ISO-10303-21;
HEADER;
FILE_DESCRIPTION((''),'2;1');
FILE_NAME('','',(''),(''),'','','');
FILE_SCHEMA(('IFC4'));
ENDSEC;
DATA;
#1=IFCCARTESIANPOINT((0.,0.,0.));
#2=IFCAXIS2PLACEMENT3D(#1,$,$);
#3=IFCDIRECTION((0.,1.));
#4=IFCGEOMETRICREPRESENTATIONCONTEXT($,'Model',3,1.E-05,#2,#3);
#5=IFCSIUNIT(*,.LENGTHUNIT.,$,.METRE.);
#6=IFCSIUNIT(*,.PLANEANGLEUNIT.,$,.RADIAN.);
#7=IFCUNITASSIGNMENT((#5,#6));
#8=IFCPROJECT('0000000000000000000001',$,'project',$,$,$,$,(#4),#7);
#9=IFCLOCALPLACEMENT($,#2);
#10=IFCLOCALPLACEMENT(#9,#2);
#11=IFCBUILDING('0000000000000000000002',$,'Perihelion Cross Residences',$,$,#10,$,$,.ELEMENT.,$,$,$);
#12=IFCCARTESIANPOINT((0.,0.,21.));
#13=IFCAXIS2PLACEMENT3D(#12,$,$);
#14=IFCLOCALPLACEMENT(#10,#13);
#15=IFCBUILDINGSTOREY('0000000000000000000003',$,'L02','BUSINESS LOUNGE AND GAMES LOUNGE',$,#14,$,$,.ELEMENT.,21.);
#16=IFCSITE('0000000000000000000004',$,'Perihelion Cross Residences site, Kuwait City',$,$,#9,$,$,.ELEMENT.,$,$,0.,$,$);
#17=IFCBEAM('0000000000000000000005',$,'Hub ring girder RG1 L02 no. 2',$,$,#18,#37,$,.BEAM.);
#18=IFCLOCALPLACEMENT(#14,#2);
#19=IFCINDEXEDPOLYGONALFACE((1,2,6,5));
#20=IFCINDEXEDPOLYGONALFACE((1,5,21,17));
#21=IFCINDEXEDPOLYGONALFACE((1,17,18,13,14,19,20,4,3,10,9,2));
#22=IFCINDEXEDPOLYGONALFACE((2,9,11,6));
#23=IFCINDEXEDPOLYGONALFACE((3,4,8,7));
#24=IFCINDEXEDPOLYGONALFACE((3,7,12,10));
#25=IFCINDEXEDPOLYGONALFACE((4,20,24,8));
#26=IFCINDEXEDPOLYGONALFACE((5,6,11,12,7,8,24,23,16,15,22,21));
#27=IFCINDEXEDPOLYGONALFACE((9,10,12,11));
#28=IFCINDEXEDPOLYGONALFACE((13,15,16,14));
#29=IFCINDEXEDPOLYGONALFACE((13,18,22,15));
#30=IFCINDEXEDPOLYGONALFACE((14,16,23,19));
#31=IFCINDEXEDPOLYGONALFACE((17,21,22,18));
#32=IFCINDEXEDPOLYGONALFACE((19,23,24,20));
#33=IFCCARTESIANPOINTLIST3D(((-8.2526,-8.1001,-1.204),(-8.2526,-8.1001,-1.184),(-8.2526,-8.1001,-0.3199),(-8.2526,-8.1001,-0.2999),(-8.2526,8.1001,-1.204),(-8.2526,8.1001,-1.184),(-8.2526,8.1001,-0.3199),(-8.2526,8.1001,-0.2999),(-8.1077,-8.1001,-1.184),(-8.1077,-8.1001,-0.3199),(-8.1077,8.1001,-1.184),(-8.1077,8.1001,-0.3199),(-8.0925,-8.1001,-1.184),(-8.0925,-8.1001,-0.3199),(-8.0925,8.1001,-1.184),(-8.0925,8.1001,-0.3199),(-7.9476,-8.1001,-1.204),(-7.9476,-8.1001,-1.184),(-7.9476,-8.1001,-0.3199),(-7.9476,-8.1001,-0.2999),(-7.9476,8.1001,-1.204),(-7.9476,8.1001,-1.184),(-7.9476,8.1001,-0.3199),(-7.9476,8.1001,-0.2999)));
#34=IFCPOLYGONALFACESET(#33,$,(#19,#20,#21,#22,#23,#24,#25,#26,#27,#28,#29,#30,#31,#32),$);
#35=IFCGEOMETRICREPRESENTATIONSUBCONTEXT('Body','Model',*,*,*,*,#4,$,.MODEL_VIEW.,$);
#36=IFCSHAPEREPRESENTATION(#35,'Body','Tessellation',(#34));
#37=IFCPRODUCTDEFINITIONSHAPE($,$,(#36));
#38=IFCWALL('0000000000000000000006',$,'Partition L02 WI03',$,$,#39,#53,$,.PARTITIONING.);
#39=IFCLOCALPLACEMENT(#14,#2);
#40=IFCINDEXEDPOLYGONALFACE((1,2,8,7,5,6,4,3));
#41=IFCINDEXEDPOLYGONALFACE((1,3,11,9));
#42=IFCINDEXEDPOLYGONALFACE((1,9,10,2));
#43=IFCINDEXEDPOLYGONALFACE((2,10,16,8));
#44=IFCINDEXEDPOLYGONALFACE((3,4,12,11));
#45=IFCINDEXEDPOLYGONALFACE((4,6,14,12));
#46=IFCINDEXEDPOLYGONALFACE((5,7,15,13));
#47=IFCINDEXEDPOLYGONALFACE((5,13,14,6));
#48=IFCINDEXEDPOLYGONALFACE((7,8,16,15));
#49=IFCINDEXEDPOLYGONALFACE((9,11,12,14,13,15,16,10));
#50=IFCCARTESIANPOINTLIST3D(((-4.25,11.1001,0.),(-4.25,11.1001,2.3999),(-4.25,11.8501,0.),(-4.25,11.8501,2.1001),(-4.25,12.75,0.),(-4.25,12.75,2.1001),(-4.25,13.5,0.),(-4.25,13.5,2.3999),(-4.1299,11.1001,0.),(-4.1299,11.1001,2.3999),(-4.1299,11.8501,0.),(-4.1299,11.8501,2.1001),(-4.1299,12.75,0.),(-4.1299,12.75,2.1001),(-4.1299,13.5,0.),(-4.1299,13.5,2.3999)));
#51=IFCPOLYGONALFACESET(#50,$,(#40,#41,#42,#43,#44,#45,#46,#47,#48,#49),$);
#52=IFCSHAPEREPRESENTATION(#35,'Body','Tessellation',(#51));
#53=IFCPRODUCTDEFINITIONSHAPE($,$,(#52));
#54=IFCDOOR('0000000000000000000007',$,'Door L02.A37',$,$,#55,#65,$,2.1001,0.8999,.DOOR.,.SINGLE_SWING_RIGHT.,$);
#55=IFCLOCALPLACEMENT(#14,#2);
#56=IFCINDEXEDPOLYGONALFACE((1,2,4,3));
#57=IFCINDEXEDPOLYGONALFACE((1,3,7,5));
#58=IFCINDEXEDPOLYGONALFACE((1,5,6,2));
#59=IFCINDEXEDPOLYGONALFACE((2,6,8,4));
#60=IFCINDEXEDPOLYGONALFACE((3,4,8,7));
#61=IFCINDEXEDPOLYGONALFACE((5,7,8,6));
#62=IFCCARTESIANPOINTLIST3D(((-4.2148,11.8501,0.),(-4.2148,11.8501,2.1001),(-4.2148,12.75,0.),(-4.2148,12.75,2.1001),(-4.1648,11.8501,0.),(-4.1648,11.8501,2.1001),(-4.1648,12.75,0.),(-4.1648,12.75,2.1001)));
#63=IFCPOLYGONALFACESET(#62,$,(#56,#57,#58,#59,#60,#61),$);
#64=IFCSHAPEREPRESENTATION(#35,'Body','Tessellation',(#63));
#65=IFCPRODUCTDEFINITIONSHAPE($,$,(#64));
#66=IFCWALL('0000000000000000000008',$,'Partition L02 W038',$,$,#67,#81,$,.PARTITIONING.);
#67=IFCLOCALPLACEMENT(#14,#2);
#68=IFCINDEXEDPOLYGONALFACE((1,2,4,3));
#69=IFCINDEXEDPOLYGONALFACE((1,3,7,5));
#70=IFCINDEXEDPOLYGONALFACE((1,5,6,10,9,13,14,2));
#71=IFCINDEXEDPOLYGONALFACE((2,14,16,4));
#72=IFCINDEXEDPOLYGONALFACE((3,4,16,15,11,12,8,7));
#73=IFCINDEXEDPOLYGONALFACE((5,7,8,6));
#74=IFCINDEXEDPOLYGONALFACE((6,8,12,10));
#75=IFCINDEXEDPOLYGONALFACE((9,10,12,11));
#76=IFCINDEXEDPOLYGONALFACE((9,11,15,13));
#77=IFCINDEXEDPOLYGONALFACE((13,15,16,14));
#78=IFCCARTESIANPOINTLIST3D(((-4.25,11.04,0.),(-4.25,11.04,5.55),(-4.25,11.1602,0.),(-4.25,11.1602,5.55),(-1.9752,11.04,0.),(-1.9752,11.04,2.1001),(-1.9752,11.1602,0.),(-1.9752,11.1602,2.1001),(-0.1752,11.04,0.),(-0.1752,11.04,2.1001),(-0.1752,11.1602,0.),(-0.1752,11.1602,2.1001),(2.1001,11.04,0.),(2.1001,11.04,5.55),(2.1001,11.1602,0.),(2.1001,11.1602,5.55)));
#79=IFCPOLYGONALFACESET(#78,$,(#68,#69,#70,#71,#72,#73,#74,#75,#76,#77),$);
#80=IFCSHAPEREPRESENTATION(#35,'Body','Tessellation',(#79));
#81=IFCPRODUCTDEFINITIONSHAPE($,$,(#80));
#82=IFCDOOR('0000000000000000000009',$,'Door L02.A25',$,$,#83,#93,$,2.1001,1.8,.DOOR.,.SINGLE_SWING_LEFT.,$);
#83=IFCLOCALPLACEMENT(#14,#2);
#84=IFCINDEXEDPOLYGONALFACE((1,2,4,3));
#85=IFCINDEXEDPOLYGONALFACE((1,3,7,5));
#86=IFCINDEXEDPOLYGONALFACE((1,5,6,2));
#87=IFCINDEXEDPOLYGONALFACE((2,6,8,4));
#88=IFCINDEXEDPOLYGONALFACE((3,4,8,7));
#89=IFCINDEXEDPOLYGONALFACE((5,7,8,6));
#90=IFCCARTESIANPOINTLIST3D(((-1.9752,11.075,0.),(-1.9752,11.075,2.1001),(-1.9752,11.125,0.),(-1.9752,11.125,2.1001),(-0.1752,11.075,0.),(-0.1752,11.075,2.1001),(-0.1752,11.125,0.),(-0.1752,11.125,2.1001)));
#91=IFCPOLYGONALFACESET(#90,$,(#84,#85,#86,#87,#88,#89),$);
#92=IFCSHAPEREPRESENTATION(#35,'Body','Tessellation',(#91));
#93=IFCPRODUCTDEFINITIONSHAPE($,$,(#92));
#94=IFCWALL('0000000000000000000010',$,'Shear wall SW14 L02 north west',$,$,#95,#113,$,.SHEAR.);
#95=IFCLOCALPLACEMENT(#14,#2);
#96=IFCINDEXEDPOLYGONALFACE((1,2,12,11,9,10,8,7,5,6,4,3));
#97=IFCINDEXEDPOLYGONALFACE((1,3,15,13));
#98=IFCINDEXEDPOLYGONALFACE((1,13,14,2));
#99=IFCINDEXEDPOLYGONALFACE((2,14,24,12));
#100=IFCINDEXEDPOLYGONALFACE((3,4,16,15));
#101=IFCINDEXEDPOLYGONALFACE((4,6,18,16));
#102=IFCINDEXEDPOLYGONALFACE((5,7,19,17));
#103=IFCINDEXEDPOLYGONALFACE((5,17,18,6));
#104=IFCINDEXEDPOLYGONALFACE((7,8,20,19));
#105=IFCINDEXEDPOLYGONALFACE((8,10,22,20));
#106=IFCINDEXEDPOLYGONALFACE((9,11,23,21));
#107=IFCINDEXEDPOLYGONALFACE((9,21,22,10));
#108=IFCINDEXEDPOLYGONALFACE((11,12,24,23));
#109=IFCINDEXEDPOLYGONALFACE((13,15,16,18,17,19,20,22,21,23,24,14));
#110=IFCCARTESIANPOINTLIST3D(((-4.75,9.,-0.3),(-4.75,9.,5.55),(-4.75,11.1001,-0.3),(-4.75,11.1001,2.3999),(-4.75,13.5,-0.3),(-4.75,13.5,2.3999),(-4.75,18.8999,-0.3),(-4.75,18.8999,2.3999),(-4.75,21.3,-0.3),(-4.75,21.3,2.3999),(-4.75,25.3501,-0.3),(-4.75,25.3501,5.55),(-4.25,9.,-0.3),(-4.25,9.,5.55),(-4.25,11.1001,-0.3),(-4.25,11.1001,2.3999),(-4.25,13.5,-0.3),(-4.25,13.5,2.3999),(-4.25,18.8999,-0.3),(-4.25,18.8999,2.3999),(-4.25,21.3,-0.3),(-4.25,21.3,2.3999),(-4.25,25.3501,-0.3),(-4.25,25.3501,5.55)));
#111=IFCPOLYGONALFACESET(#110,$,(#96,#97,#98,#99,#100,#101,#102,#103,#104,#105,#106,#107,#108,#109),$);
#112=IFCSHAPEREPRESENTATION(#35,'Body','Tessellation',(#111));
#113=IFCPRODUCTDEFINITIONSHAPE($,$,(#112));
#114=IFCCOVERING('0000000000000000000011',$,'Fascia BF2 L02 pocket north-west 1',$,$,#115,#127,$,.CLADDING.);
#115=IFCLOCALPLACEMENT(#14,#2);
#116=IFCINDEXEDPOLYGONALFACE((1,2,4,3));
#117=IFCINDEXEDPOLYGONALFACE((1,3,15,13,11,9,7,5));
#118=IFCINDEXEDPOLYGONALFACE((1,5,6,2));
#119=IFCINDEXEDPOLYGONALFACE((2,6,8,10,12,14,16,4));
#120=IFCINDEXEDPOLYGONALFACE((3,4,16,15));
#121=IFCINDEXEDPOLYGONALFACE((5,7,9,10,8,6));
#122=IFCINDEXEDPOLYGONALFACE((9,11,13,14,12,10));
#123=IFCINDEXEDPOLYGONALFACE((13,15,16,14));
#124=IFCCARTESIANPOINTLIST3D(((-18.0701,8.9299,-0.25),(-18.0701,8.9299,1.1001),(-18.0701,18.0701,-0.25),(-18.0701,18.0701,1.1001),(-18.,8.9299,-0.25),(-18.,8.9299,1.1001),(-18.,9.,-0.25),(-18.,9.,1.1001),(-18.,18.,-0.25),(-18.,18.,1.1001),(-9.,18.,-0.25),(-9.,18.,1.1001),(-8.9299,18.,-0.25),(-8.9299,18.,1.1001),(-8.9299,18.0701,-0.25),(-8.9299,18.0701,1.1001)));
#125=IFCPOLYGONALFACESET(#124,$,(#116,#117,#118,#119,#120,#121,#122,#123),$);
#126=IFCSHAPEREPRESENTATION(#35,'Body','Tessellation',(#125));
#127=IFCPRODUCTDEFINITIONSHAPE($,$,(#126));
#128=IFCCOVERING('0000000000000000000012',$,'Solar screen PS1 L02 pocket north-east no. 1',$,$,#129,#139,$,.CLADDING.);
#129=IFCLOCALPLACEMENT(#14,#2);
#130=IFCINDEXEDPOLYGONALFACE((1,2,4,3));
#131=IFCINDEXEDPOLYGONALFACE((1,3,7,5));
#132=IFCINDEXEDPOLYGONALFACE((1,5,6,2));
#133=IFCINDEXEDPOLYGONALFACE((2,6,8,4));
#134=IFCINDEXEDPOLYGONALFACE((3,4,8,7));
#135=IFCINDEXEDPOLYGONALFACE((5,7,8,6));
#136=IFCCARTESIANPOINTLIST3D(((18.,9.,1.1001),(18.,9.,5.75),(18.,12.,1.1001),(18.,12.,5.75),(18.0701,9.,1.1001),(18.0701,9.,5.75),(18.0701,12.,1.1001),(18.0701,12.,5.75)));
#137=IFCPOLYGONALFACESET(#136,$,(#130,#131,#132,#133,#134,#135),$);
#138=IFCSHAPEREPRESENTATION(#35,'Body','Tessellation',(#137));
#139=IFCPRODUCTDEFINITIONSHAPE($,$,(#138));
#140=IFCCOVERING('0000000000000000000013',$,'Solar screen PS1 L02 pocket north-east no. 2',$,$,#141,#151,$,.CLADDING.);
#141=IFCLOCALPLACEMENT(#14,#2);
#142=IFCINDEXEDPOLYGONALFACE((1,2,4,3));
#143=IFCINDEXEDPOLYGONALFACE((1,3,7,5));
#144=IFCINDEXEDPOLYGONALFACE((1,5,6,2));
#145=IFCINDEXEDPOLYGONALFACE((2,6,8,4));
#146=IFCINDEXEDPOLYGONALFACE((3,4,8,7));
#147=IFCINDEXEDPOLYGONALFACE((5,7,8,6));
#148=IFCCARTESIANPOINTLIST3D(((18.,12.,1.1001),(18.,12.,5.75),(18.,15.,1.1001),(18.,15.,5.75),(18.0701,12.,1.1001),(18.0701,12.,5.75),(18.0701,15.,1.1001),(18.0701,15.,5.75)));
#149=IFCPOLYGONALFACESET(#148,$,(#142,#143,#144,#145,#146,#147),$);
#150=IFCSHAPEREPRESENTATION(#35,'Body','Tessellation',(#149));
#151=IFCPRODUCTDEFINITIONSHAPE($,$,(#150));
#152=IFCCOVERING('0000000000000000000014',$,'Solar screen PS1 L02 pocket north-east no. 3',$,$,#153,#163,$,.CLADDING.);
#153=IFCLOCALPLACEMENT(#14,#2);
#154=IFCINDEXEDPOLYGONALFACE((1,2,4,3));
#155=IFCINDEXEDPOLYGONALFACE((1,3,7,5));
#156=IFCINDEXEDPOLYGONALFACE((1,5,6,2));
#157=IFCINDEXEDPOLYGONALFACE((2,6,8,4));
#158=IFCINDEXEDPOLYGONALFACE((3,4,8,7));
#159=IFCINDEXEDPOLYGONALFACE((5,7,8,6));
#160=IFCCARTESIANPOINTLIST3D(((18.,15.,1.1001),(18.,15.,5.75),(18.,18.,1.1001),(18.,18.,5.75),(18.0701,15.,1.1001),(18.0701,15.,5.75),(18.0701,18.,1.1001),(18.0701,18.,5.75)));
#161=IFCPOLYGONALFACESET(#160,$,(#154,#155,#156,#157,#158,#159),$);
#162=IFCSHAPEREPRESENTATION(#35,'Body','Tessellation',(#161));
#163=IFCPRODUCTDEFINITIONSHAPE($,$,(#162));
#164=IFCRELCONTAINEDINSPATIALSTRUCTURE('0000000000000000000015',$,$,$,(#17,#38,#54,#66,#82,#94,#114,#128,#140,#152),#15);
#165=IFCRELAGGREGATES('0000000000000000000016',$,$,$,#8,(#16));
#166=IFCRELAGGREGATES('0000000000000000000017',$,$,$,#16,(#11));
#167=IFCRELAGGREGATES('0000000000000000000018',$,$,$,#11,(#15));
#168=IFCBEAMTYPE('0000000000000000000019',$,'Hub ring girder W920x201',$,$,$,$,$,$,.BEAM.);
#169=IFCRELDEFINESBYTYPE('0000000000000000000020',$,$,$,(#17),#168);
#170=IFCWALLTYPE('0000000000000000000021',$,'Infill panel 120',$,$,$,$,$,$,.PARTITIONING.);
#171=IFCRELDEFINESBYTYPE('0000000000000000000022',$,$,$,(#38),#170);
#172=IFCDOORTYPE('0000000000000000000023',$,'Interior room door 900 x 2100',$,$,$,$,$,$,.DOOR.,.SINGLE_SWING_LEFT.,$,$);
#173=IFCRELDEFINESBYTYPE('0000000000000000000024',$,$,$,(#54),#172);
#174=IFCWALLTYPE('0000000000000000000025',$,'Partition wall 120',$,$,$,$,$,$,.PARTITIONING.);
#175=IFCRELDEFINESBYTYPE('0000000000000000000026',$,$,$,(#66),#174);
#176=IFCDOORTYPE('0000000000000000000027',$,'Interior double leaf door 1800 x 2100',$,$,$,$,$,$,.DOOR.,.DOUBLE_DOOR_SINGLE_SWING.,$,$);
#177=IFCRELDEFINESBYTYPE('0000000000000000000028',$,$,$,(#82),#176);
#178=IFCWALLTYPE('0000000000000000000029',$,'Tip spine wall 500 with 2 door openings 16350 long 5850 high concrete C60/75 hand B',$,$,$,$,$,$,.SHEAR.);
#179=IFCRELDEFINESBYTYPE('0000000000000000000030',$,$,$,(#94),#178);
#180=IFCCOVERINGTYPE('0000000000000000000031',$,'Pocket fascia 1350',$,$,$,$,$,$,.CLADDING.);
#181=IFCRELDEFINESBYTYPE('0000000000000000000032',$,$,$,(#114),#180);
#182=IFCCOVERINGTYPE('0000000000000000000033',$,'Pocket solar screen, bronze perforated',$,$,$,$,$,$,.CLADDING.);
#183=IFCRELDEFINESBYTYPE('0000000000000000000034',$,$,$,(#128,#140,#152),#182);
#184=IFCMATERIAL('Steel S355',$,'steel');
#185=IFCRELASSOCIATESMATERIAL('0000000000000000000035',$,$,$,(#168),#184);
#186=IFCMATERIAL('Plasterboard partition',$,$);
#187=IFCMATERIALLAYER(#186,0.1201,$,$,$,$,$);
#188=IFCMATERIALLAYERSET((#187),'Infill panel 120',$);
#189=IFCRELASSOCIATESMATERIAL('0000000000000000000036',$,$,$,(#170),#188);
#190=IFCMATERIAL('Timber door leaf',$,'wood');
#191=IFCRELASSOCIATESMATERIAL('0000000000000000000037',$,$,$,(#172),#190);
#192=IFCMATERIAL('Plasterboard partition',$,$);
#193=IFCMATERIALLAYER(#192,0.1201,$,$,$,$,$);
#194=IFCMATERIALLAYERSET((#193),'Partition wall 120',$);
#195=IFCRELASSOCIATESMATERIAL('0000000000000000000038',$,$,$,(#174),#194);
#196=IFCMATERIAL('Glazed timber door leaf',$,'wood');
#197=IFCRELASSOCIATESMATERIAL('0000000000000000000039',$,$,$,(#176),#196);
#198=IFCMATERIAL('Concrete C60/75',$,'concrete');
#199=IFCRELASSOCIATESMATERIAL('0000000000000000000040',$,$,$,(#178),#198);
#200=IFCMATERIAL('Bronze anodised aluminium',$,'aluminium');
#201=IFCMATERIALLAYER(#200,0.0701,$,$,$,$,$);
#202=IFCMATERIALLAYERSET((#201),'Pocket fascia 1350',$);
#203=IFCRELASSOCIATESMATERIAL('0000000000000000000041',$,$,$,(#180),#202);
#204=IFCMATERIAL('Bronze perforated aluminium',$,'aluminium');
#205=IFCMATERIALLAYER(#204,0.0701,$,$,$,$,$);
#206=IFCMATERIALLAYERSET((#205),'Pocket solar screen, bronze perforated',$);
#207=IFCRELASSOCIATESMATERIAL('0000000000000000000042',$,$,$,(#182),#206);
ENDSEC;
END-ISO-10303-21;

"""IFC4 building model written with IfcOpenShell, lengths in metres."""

from ifc_helpers import new_model, si_unit, direction, frame, frame_2d, origin, origin_2d, place, context, subcontext, project, spatial, polyline, rectangle, i_section, outline, extrude, material, layer, layer_set, material_profile, profile_set, type_object, element, fill, save


model = new_model("IFC4")

# Units and contexts
model_context = context("Model", 3, precision=1e-05, world=origin(), true_north=direction((0.0, 1.0)))
body_context = subcontext(model_context, "Body", "Model", "MODEL_VIEW")
ifc_project = project(units=[si_unit("LENGTHUNIT", "METRE"), si_unit("PLANEANGLEUNIT", "RADIAN")], contexts=[model_context])

# Site, building, storey
site_placement = place(None, origin())
site = spatial("IfcSite", under=ifc_project, at=site_placement, Name="Perihelion Cross Residences site, Kuwait City", CompositionType="ELEMENT", RefElevation=0.0)
building_placement = place(site_placement, origin())
building = spatial("IfcBuilding", under=site, at=building_placement, Name="Perihelion Cross Residences", CompositionType="ELEMENT")
storey_placement = place(building_placement, frame((0.0, 0.0, 21.0)))
storey = spatial("IfcBuildingStorey", under=building, at=storey_placement, Name="L02", Description="BUSINESS LOUNGE AND GAMES LOUNGE", CompositionType="ELEMENT", Elevation=21.0)

# Beam
ifc_material_1 = material(Name="Steel S355", Category="steel")
ifc_material_profile_1 = material_profile(ifc_material_1, i_section(OverallWidth=0.3049, OverallDepth=0.9041, WebThickness=0.0151, FlangeThickness=0.02, at=origin_2d()), Name="W920x201")
ifc_profile_set_1 = profile_set([ifc_material_profile_1], Name="Steel S355")
beam_type_1 = type_object("IfcBeamType", Name="Hub ring girder W920x201", PredefinedType="BEAM", material=ifc_profile_set_1)
beam_1_placement = place(storey_placement, frame((-8.1001, 8.1001, -0.752), z_axis=(0.0, -1.0, 0.0), x_axis=(1.0, 0.0, 0.0)))
element("IfcBeam", 1, at=beam_1_placement, inside=storey, type_object=beam_type_1, Name="Hub ring girder RG1 L02 no. 2", PredefinedType="BEAM", context=body_context, shape_type="SweptSolid", body=[
    extrude(i_section(OverallWidth=0.3049, OverallDepth=0.9041, WebThickness=0.0151, FlangeThickness=0.02, at=origin_2d()), origin(), (0.0, 0.0, 1.0), 16.2002),
])

# Walls, openings, doors
ifc_material_2 = material(Name="Plasterboard partition")
ifc_layer_1 = layer(ifc_material_2, 0.1201)
ifc_layer_set_1 = layer_set([ifc_layer_1], Name="Infill panel 120")
wall_type_1 = type_object("IfcWallType", Name="Infill panel 120", PredefinedType="PARTITIONING", material=ifc_layer_set_1)
wall_1_placement = place(storey_placement, frame((-4.1899, 11.1001, 0.0), z_axis=(0.0, 0.0, 1.0), x_axis=(0.0, 1.0, 0.0)))
wall_1 = element("IfcWall", 2, at=wall_1_placement, inside=storey, type_object=wall_type_1, Name="Partition L02 WI03", PredefinedType="PARTITIONING", context=body_context, shape_type="SweptSolid", body=[
    extrude(rectangle(XDim=2.3999, YDim=0.1201, at=frame_2d((1.2, 0.0))), origin(), (0.0, 0.0, 1.0), 2.3999),
])
opening_1_placement = place(wall_1_placement, frame((0.75, 0.0, 0.0)))
opening_1 = element("IfcOpeningElement", 3, at=opening_1_placement, cuts=wall_1, PredefinedType="OPENING", context=body_context, shape_type="SweptSolid", body=[
    extrude(rectangle(XDim=0.8999, YDim=2.1001, at=frame_2d((0.45, 1.05))), frame((0.0, 0.0701, 0.0), z_axis=(0.0, -1.0, 0.0), x_axis=(1.0, 0.0, 0.0)), (0.0, 0.0, 1.0), 0.1401),
])
ifc_material_3 = material(Name="Timber door leaf", Category="wood")
door_type_1 = type_object("IfcDoorType", Name="Interior room door 900 x 2100", OperationType="SINGLE_SWING_LEFT", PredefinedType="DOOR", material=ifc_material_3)
door_1_placement = place(opening_1_placement, origin())
door_1 = element("IfcDoor", 4, at=door_1_placement, inside=storey, type_object=door_type_1, Name="Door L02.A37", OperationType="SINGLE_SWING_RIGHT", OverallHeight=2.1001, OverallWidth=0.8999, PredefinedType="DOOR", context=body_context, shape_type="SweptSolid", body=[
    extrude(rectangle(XDim=0.8999, YDim=2.1001, at=frame_2d((0.45, 1.05))), frame((0.0, 0.0249, 0.0), z_axis=(0.0, -1.0, 0.0), x_axis=(1.0, 0.0, 0.0)), (0.0, 0.0, 1.0), 0.05),
])
fill(opening_1, door_1)
ifc_material_4 = material(Name="Plasterboard partition")
ifc_layer_2 = layer(ifc_material_4, 0.1201)
ifc_layer_set_2 = layer_set([ifc_layer_2], Name="Partition wall 120")
wall_type_2 = type_object("IfcWallType", Name="Partition wall 120", PredefinedType="PARTITIONING", material=ifc_layer_set_2)
wall_2_placement = place(storey_placement, frame((-4.25, 11.1001, 0.0), z_axis=(0.0, 0.0, 1.0), x_axis=(1.0, 0.0, 0.0)))
wall_2 = element("IfcWall", 5, at=wall_2_placement, inside=storey, type_object=wall_type_2, Name="Partition L02 W038", PredefinedType="PARTITIONING", context=body_context, shape_type="SweptSolid", body=[
    extrude(rectangle(XDim=6.3501, YDim=0.1201, at=frame_2d((3.175, 0.0))), origin(), (0.0, 0.0, 1.0), 5.55),
])
opening_2_placement = place(wall_2_placement, frame((2.2749, 0.0, 0.0)))
opening_2 = element("IfcOpeningElement", 6, at=opening_2_placement, cuts=wall_2, PredefinedType="OPENING", context=body_context, shape_type="SweptSolid", body=[
    extrude(rectangle(XDim=1.8, YDim=2.1001, at=frame_2d((0.8999, 1.05))), frame((0.0, 0.0701, 0.0), z_axis=(0.0, -1.0, 0.0), x_axis=(1.0, 0.0, 0.0)), (0.0, 0.0, 1.0), 0.1401),
])
ifc_material_5 = material(Name="Glazed timber door leaf", Category="wood")
door_type_2 = type_object("IfcDoorType", Name="Interior double leaf door 1800 x 2100", OperationType="DOUBLE_DOOR_SINGLE_SWING", PredefinedType="DOOR", material=ifc_material_5)
door_2_placement = place(opening_2_placement, origin())
door_2 = element("IfcDoor", 7, at=door_2_placement, inside=storey, type_object=door_type_2, Name="Door L02.A25", OperationType="SINGLE_SWING_LEFT", OverallHeight=2.1001, OverallWidth=1.8, PredefinedType="DOOR", context=body_context, shape_type="SweptSolid", body=[
    extrude(rectangle(XDim=1.8, YDim=2.1001, at=frame_2d((0.8999, 1.05))), frame((0.0, 0.0249, 0.0), z_axis=(0.0, -1.0, 0.0), x_axis=(1.0, 0.0, 0.0)), (0.0, 0.0, 1.0), 0.05),
])
fill(opening_2, door_2)

# Wall
ifc_material_6 = material(Name="Concrete C60/75", Category="concrete")
ifc_material_profile_2 = material_profile(ifc_material_6, outline(polyline([(0.0, 0.0), (2.1001, 0.0), (2.1001, 2.7), (4.5, 2.7), (4.5, 0.0), (9.8999, 0.0), (9.8999, 2.7), (12.3, 2.7), (12.3, 0.0), (16.3501, 0.0), (16.3501, 5.8501), (0.0, 5.8501), (0.0, 0.0)])), Name="Tip spine wall")
ifc_profile_set_2 = profile_set([ifc_material_profile_2], Name="Concrete C60/75")
wall_type_3 = type_object("IfcWallType", Name="Tip spine wall 500 with 2 door openings 16350 long 5850 high concrete C60/75 hand B", PredefinedType="SHEAR", material=ifc_profile_set_2)
wall_3_placement = place(storey_placement, frame((-4.75, 9.0, -0.3), z_axis=(1.0, 0.0, 0.0), x_axis=(0.0, 1.0, 0.0)))
element("IfcWall", 8, at=wall_3_placement, inside=storey, type_object=wall_type_3, Name="Shear wall SW14 L02 north west", PredefinedType="SHEAR", context=body_context, shape_type="SweptSolid", body=[
    extrude(outline(polyline([(0.0, 0.0), (2.1001, 0.0), (2.1001, 2.7), (4.5, 2.7), (4.5, 0.0), (9.8999, 0.0), (9.8999, 2.7), (12.3, 2.7), (12.3, 0.0), (16.3501, 0.0), (16.3501, 5.8501), (0.0, 5.8501), (0.0, 0.0)])), origin(), (0.0, 0.0, 1.0), 0.5),
])

# Coverings
ifc_material_7 = material(Name="Bronze anodised aluminium", Category="aluminium")
ifc_layer_3 = layer(ifc_material_7, 0.0701)
ifc_layer_set_3 = layer_set([ifc_layer_3], Name="Pocket fascia 1350")
covering_type_1 = type_object("IfcCoveringType", Name="Pocket fascia 1350", PredefinedType="CLADDING", material=ifc_layer_set_3)
covering_1_placement = place(storey_placement, frame((0.0, 0.0, -0.25)))
element("IfcCovering", 9, at=covering_1_placement, inside=storey, type_object=covering_type_1, Name="Fascia BF2 L02 pocket north-west 1", PredefinedType="CLADDING", context=body_context, shape_type="SweptSolid", body=[
    extrude(outline(polyline([(-18.0701, 8.9299), (-18.0, 8.9299), (-18.0, 9.0), (-18.0, 9.0), (-18.0, 18.0), (-9.0, 18.0), (-9.0, 18.0), (-8.9299, 18.0), (-8.9299, 18.0701), (-18.0701, 18.0701), (-18.0701, 8.9299)])), origin(), (0.0, 0.0, 1.0), 1.3501),
])
ifc_material_8 = material(Name="Bronze perforated aluminium", Category="aluminium")
ifc_layer_4 = layer(ifc_material_8, 0.0701)
ifc_layer_set_4 = layer_set([ifc_layer_4], Name="Pocket solar screen, bronze perforated")
covering_type_2 = type_object("IfcCoveringType", Name="Pocket solar screen, bronze perforated", PredefinedType="CLADDING", material=ifc_layer_set_4)
covering_2_placement = place(storey_placement, frame((0.0, 0.0, 1.1001)))
element("IfcCovering", 10, at=covering_2_placement, inside=storey, type_object=covering_type_2, Name="Solar screen PS1 L02 pocket north-east no. 1", PredefinedType="CLADDING", context=body_context, shape_type="SweptSolid", body=[
    extrude(outline(polyline([(18.0701, 9.0), (18.0701, 12.0), (18.0, 12.0), (18.0, 9.0), (18.0701, 9.0)])), origin(), (0.0, 0.0, 1.0), 4.6499),
])
covering_3_placement = place(storey_placement, frame((0.0, 0.0, 1.1001)))
element("IfcCovering", 11, at=covering_3_placement, inside=storey, type_object=covering_type_2, Name="Solar screen PS1 L02 pocket north-east no. 2", PredefinedType="CLADDING", context=body_context, shape_type="SweptSolid", body=[
    extrude(outline(polyline([(18.0701, 12.0), (18.0701, 15.0), (18.0, 15.0), (18.0, 12.0), (18.0701, 12.0)])), origin(), (0.0, 0.0, 1.0), 4.6499),
])
covering_4_placement = place(storey_placement, frame((0.0, 0.0, 1.1001)))
element("IfcCovering", 12, at=covering_4_placement, inside=storey, type_object=covering_type_2, Name="Solar screen PS1 L02 pocket north-east no. 3", PredefinedType="CLADDING", context=body_context, shape_type="SweptSolid", body=[
    extrude(outline(polyline([(18.0701, 15.0), (18.0701, 18.0), (18.0, 18.0), (18.0, 15.0), (18.0701, 15.0)])), origin(), (0.0, 0.0, 1.0), 4.6499),
])

save(model, "model.ifc")
